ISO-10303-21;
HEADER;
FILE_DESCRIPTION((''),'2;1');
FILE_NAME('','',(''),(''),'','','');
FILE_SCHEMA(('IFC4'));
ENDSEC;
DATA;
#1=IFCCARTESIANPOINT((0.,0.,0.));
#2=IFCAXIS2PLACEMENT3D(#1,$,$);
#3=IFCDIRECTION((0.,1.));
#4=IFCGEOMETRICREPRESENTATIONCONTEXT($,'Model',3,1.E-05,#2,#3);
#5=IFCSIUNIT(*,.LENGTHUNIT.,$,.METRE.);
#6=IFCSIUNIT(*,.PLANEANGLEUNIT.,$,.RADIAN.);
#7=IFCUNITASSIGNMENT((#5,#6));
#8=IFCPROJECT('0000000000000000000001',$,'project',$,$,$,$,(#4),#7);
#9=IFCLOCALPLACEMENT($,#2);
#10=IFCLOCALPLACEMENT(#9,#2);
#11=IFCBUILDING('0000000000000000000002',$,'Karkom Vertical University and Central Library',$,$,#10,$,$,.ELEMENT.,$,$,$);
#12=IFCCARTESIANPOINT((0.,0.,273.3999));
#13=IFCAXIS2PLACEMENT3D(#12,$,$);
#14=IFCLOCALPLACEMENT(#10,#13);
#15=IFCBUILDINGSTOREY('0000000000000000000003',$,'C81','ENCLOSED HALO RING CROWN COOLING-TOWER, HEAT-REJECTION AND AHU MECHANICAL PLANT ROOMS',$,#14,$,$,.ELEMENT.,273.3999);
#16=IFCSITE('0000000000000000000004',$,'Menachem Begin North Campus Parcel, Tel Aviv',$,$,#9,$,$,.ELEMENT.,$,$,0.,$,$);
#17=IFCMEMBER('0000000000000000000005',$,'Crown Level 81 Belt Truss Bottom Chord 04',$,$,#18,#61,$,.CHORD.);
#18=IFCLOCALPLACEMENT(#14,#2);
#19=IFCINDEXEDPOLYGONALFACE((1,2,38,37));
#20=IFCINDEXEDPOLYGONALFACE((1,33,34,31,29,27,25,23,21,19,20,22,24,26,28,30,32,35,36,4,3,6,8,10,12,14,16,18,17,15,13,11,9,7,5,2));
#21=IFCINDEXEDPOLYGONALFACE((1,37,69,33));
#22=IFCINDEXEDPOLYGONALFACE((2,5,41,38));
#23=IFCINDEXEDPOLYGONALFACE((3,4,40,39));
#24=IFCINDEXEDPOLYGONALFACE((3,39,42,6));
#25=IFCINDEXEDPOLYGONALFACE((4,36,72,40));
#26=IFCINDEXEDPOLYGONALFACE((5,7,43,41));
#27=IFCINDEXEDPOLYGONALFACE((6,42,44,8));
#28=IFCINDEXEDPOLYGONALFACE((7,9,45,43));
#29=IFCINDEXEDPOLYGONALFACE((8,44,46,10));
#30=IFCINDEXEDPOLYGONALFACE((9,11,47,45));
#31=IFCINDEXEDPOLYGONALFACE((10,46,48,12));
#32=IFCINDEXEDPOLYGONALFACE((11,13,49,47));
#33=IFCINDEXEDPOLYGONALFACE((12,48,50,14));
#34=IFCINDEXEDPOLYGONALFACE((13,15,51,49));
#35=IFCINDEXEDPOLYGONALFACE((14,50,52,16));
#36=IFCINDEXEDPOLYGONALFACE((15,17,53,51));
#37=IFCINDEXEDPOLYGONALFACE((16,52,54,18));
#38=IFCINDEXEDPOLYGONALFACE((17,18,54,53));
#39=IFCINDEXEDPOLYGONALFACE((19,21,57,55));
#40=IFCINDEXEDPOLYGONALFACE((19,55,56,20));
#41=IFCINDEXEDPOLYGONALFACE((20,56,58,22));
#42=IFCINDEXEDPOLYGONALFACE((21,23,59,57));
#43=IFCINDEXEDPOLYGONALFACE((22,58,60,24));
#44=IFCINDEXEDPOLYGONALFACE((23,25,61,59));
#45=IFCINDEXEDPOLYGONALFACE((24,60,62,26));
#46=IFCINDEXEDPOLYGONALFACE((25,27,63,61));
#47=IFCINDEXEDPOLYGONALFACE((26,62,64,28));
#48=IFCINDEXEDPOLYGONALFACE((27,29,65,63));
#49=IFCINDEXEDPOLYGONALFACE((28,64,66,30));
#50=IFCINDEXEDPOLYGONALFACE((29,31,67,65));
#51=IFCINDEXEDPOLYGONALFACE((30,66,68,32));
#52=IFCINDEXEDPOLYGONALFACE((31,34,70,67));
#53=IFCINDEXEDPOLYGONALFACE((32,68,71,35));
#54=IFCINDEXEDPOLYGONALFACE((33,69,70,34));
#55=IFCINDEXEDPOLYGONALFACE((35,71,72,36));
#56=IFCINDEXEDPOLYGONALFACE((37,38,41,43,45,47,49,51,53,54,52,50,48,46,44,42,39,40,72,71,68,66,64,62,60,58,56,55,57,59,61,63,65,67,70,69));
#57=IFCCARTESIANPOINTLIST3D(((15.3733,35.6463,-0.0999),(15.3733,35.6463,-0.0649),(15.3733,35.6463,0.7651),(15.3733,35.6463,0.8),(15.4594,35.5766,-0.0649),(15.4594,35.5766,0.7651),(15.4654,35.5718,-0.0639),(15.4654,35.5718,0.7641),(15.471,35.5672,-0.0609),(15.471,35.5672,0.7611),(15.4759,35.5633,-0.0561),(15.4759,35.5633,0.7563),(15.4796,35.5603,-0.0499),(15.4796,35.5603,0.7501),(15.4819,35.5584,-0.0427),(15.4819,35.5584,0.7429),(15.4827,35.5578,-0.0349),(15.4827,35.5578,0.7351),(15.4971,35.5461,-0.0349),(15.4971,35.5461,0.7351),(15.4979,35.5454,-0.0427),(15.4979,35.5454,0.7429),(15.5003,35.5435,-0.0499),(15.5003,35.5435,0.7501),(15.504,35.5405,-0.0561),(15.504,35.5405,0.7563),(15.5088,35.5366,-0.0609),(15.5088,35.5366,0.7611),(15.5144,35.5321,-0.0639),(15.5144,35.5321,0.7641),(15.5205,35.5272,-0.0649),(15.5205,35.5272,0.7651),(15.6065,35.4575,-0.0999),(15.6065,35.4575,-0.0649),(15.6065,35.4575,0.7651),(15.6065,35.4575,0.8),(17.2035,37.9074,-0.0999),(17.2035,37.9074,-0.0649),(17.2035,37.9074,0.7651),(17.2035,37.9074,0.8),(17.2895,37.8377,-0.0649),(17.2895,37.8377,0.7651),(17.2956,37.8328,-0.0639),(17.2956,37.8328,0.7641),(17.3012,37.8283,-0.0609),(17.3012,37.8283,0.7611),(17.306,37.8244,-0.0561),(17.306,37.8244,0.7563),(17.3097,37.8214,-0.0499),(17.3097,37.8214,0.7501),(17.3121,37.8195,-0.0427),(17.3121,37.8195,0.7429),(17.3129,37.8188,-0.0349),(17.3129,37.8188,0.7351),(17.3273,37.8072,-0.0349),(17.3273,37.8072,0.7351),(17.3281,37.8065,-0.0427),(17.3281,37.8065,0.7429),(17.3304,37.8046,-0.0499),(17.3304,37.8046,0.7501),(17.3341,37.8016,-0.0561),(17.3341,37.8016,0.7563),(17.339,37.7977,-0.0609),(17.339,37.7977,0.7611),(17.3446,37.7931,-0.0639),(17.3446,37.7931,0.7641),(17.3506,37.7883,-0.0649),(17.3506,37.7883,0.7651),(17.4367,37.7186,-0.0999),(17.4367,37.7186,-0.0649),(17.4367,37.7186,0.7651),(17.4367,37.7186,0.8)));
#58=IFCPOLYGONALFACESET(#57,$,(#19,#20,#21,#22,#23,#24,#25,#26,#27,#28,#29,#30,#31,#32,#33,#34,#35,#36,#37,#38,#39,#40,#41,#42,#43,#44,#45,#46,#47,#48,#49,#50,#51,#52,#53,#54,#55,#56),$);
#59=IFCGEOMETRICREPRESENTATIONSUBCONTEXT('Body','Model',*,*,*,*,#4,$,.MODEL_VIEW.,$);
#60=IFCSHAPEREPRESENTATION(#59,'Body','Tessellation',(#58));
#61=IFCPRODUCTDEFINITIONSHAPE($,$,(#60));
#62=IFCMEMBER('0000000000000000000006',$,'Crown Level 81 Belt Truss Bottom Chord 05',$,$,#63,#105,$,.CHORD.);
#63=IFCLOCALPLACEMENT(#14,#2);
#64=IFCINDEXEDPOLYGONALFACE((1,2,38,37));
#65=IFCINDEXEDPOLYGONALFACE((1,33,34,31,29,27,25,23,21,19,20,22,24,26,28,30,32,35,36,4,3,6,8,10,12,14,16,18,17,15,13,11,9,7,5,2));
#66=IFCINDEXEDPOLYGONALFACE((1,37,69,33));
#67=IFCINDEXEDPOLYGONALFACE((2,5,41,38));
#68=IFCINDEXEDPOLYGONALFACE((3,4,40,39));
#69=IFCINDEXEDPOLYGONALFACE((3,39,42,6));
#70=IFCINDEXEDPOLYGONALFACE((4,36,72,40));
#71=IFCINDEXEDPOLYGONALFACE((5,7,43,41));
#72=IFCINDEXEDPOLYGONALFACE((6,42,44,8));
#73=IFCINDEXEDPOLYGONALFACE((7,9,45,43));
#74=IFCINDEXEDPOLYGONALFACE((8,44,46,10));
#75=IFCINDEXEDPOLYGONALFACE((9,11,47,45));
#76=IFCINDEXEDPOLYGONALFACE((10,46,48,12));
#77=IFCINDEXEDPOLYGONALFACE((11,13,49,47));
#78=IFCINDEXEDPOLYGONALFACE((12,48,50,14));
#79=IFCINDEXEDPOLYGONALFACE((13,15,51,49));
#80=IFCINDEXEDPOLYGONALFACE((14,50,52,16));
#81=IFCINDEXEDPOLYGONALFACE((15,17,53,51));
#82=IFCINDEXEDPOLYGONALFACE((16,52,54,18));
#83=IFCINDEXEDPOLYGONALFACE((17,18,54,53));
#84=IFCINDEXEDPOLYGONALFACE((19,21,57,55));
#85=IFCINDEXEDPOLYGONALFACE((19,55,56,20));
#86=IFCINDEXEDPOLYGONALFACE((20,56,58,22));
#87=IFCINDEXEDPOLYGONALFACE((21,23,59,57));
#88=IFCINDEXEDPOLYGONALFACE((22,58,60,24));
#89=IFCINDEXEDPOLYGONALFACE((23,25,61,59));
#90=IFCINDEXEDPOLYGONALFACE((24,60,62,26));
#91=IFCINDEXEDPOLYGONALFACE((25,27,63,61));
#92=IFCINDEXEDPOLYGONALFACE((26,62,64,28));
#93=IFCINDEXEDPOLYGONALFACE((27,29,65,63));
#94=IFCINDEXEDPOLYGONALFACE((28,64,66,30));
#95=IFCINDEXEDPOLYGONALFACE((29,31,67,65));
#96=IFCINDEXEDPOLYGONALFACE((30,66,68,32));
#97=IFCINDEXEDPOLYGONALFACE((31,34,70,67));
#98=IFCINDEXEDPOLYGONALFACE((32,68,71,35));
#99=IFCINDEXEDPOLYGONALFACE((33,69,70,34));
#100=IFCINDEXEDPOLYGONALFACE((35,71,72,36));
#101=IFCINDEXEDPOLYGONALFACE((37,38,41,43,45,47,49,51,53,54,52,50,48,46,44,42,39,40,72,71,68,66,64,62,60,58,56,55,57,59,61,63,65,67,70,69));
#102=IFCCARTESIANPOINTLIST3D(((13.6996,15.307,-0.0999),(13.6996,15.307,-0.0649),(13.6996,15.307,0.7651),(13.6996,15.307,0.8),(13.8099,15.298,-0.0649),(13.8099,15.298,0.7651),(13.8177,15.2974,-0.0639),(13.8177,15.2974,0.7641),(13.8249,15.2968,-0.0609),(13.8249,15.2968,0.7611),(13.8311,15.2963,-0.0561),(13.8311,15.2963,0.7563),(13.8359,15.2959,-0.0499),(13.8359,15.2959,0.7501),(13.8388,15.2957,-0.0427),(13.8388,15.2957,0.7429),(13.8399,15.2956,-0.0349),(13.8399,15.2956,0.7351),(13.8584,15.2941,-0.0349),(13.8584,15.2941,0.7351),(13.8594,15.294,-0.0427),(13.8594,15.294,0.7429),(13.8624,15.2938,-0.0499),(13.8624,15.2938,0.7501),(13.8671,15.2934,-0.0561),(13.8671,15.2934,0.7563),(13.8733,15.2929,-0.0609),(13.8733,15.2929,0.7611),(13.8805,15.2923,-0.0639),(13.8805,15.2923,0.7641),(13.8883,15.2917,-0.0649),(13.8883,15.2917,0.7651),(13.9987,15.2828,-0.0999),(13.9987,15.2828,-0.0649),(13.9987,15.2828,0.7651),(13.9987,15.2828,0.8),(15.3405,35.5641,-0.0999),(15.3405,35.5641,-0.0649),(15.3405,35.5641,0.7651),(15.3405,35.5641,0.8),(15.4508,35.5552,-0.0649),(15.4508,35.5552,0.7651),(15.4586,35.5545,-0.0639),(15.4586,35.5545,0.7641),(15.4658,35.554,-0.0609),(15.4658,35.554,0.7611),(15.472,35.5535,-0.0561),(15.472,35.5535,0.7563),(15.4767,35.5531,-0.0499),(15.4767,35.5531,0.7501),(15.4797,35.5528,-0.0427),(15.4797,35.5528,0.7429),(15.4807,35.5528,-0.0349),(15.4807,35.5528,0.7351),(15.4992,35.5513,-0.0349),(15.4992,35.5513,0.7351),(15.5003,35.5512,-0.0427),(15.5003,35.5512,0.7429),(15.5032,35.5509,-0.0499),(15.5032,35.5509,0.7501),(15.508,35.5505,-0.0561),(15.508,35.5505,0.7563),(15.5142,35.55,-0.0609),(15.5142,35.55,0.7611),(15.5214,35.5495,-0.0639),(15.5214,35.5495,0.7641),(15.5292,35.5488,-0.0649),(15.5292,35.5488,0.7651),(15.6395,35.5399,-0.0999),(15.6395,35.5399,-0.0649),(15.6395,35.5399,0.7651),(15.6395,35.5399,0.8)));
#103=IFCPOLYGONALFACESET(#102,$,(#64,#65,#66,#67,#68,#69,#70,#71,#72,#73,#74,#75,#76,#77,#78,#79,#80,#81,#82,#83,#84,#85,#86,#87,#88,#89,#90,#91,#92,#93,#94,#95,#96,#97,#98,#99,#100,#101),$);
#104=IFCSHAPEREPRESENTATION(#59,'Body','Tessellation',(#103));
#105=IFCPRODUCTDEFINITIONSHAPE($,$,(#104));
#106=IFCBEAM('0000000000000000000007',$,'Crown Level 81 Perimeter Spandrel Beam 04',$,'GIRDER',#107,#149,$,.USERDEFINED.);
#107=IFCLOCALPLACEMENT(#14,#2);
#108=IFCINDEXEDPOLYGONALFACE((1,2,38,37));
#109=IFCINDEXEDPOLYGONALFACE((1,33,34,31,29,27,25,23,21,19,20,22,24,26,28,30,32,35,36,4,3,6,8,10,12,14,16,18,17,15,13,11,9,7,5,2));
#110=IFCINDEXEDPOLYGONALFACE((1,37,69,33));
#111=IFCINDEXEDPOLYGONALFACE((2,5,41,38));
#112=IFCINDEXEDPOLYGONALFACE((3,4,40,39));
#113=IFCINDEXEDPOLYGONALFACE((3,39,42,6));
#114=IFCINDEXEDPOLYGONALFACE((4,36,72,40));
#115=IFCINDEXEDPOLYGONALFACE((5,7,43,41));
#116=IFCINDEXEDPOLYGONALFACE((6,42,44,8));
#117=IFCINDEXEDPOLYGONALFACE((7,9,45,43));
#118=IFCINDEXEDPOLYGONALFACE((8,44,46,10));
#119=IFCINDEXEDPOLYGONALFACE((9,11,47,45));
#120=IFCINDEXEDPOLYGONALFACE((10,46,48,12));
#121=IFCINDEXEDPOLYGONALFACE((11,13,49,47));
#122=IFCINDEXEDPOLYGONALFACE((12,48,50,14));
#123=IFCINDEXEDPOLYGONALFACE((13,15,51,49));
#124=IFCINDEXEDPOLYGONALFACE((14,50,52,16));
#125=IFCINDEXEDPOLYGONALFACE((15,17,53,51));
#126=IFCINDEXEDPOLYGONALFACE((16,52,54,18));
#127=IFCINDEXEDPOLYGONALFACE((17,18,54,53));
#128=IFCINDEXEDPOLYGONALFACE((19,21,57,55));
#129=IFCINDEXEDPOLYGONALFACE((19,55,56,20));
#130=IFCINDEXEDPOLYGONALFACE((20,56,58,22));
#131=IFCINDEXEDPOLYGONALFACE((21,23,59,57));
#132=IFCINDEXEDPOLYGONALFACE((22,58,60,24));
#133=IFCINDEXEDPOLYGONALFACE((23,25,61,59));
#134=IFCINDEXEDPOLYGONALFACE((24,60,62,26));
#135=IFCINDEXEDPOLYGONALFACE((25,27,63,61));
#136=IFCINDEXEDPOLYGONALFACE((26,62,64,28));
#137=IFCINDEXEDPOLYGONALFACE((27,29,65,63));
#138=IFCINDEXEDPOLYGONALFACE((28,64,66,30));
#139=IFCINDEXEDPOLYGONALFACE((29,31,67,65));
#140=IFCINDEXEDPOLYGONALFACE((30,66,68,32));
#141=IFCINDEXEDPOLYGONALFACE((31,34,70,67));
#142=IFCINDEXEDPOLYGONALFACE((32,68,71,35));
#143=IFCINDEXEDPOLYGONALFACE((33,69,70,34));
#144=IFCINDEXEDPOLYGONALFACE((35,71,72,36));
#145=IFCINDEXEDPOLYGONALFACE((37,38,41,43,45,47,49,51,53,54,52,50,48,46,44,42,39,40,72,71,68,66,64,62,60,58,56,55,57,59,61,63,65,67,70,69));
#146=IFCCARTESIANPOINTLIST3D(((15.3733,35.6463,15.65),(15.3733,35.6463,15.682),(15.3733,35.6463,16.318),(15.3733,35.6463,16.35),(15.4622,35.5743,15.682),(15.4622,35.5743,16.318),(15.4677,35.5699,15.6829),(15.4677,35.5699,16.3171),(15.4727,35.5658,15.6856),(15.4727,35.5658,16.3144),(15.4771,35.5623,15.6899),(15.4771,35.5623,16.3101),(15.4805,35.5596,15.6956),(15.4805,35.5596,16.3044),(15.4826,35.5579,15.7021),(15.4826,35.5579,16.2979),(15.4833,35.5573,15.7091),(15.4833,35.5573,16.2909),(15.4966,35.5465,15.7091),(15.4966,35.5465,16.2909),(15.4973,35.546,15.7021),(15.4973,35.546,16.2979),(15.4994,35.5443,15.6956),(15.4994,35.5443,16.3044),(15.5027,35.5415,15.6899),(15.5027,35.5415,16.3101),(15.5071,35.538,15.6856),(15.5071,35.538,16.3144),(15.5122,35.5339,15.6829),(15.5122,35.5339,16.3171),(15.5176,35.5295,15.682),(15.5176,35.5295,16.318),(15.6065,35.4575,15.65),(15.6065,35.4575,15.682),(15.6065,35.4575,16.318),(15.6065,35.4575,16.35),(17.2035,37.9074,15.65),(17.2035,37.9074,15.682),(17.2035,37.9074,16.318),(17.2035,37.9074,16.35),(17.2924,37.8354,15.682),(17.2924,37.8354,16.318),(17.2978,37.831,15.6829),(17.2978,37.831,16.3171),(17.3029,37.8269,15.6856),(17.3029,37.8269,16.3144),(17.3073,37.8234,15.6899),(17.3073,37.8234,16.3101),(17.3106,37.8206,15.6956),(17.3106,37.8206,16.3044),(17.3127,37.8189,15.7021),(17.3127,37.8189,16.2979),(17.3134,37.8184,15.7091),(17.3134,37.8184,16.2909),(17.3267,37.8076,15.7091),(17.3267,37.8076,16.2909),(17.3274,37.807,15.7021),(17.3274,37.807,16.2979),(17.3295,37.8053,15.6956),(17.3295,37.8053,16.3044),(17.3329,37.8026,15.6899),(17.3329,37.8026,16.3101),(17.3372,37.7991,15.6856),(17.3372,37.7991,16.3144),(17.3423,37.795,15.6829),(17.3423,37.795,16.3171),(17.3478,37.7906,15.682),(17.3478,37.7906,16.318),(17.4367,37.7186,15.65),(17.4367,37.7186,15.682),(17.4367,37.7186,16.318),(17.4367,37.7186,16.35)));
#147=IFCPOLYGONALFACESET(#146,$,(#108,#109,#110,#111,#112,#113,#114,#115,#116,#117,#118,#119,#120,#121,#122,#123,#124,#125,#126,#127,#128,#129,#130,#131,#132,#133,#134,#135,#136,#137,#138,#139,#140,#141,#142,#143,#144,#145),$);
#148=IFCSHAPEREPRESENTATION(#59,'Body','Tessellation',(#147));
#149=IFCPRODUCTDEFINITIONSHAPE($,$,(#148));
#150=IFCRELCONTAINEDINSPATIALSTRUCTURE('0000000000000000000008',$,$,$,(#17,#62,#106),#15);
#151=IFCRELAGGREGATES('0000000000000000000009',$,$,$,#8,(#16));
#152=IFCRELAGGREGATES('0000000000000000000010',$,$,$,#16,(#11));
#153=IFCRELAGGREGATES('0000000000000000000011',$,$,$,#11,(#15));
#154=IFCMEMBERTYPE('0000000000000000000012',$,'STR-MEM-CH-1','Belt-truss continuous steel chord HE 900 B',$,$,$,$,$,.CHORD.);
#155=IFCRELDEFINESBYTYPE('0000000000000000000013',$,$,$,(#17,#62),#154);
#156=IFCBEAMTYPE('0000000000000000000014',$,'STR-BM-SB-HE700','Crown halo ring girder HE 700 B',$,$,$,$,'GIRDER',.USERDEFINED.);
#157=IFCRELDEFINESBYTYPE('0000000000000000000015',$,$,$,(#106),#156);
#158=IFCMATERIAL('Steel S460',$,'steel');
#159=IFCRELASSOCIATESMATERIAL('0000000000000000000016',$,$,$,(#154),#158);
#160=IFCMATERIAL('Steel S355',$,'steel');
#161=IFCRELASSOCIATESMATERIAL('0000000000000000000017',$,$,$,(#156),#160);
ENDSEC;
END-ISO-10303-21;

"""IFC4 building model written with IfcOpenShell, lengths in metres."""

from ifc_helpers import new_model, si_unit, direction, frame, origin, origin_with_axes, origin_2d, place, context, subcontext, project, spatial, i_section, extrude, source, transform, mapped, material, material_profile, profile_set, type_object, element, save


model = new_model("IFC4")

# Units and contexts
model_context = context("Model", 3, precision=1e-05, world=origin(), true_north=direction((0.0, 1.0)))
body_context = subcontext(model_context, "Body", "Model", "MODEL_VIEW")
ifc_project = project(units=[si_unit("LENGTHUNIT", "METRE"), si_unit("PLANEANGLEUNIT", "RADIAN")], contexts=[model_context])

# Site, building, storey
site_placement = place(None, origin())
site = spatial("IfcSite", under=ifc_project, at=site_placement, Name="Menachem Begin North Campus Parcel, Tel Aviv", CompositionType="ELEMENT", RefElevation=0.0)
building_placement = place(site_placement, origin())
building = spatial("IfcBuilding", under=site, at=building_placement, Name="Karkom Vertical University and Central Library", CompositionType="ELEMENT")
storey_placement = place(building_placement, frame((0.0, 0.0, 273.3999)))
storey = spatial("IfcBuildingStorey", under=building, at=storey_placement, Name="C81", Description="ENCLOSED HALO RING CROWN COOLING-TOWER, HEAT-REJECTION AND AHU MECHANICAL PLANT ROOMS", CompositionType="ELEMENT", Elevation=273.3999)

# Shared definitions
ifc_material_1 = material(Name="Steel S355", Category="steel")

# Members
ifc_material_2 = material(Name="Steel S460", Category="steel")
ifc_material_profile_1 = material_profile(ifc_material_2, i_section(OverallWidth=0.3, OverallDepth=0.8999, WebThickness=0.0186, FlangeThickness=0.0349, FilletRadius=0.03, at=origin_2d()), Name="HE 900 B")
ifc_profile_set_1 = profile_set([ifc_material_profile_1], Name="Steel S460")
member_type_1 = type_object("IfcMemberType", Name="STR-MEM-CH-1", Description="Belt-truss continuous steel chord HE 900 B", PredefinedType="CHORD", material=ifc_profile_set_1)
shared_shape_1 = source(origin_with_axes(), body_context, "Body", "SweptSolid", [
    extrude(i_section(OverallWidth=0.3, OverallDepth=0.8999, WebThickness=0.0186, FlangeThickness=0.0349, FilletRadius=0.03, at=origin_2d()), origin(), (0.0, 0.0, 1.0), 2.9089),
])
member_1_placement = place(storey_placement, frame((17.3201, 37.813, 0.3501), z_axis=(-0.629148, -0.777286, 0.0), x_axis=(0.777286, -0.629148, 0.0)))
element("IfcMember", 1, at=member_1_placement, inside=storey, type_object=member_type_1, Name="Crown Level 81 Belt Truss Bottom Chord 04", PredefinedType="CHORD", context=body_context, shape_type="MappedRepresentation", body=[
    mapped(shared_shape_1, transform((0.0, 0.0, 0.0), scale=1.0)),
])
shared_shape_2 = source(origin_with_axes(), body_context, "Body", "SweptSolid", [
    extrude(i_section(OverallWidth=0.3, OverallDepth=0.8999, WebThickness=0.0186, FlangeThickness=0.0349, FilletRadius=0.03, at=origin_2d()), origin(), (0.0, 0.0, 1.0), 20.3235),
])
member_2_placement = place(storey_placement, frame((15.49, 35.552, 0.3501), z_axis=(-0.080738, -0.996735, 0.0), x_axis=(0.996735, -0.080738, 0.0)))
element("IfcMember", 2, at=member_2_placement, inside=storey, type_object=member_type_1, Name="Crown Level 81 Belt Truss Bottom Chord 05", PredefinedType="CHORD", context=body_context, shape_type="MappedRepresentation", body=[
    mapped(shared_shape_2, transform((0.0, 0.0, 0.0), scale=1.0)),
])

# Beam
ifc_material_profile_2 = material_profile(ifc_material_1, i_section(OverallWidth=0.3, OverallDepth=0.7, WebThickness=0.0171, FlangeThickness=0.032, FilletRadius=0.0271, at=origin_2d()), Name="HE 700 B")
ifc_profile_set_2 = profile_set([ifc_material_profile_2], Name="Steel S355")
beam_type_1 = type_object("IfcBeamType", Name="STR-BM-SB-HE700", Description="Crown halo ring girder HE 700 B", ElementType="GIRDER", PredefinedType="USERDEFINED", material=ifc_profile_set_2)
shared_shape_3 = source(origin_with_axes(), body_context, "Body", "SweptSolid", [
    extrude(i_section(OverallWidth=0.3, OverallDepth=0.7, WebThickness=0.0171, FlangeThickness=0.032, FilletRadius=0.0271, at=origin_2d()), origin(), (0.0, 0.0, 1.0), 2.9089),
])
beam_1_placement = place(storey_placement, frame((17.3201, 37.813, 16.0), z_axis=(-0.629148, -0.777286, 0.0), x_axis=(0.777286, -0.629148, 0.0)))
element("IfcBeam", 3, at=beam_1_placement, inside=storey, type_object=beam_type_1, Name="Crown Level 81 Perimeter Spandrel Beam 04", ObjectType="GIRDER", PredefinedType="USERDEFINED", context=body_context, shape_type="MappedRepresentation", body=[
    mapped(shared_shape_3, transform((0.0, 0.0, 0.0), scale=1.0)),
])

save(model, "model.ifc")
